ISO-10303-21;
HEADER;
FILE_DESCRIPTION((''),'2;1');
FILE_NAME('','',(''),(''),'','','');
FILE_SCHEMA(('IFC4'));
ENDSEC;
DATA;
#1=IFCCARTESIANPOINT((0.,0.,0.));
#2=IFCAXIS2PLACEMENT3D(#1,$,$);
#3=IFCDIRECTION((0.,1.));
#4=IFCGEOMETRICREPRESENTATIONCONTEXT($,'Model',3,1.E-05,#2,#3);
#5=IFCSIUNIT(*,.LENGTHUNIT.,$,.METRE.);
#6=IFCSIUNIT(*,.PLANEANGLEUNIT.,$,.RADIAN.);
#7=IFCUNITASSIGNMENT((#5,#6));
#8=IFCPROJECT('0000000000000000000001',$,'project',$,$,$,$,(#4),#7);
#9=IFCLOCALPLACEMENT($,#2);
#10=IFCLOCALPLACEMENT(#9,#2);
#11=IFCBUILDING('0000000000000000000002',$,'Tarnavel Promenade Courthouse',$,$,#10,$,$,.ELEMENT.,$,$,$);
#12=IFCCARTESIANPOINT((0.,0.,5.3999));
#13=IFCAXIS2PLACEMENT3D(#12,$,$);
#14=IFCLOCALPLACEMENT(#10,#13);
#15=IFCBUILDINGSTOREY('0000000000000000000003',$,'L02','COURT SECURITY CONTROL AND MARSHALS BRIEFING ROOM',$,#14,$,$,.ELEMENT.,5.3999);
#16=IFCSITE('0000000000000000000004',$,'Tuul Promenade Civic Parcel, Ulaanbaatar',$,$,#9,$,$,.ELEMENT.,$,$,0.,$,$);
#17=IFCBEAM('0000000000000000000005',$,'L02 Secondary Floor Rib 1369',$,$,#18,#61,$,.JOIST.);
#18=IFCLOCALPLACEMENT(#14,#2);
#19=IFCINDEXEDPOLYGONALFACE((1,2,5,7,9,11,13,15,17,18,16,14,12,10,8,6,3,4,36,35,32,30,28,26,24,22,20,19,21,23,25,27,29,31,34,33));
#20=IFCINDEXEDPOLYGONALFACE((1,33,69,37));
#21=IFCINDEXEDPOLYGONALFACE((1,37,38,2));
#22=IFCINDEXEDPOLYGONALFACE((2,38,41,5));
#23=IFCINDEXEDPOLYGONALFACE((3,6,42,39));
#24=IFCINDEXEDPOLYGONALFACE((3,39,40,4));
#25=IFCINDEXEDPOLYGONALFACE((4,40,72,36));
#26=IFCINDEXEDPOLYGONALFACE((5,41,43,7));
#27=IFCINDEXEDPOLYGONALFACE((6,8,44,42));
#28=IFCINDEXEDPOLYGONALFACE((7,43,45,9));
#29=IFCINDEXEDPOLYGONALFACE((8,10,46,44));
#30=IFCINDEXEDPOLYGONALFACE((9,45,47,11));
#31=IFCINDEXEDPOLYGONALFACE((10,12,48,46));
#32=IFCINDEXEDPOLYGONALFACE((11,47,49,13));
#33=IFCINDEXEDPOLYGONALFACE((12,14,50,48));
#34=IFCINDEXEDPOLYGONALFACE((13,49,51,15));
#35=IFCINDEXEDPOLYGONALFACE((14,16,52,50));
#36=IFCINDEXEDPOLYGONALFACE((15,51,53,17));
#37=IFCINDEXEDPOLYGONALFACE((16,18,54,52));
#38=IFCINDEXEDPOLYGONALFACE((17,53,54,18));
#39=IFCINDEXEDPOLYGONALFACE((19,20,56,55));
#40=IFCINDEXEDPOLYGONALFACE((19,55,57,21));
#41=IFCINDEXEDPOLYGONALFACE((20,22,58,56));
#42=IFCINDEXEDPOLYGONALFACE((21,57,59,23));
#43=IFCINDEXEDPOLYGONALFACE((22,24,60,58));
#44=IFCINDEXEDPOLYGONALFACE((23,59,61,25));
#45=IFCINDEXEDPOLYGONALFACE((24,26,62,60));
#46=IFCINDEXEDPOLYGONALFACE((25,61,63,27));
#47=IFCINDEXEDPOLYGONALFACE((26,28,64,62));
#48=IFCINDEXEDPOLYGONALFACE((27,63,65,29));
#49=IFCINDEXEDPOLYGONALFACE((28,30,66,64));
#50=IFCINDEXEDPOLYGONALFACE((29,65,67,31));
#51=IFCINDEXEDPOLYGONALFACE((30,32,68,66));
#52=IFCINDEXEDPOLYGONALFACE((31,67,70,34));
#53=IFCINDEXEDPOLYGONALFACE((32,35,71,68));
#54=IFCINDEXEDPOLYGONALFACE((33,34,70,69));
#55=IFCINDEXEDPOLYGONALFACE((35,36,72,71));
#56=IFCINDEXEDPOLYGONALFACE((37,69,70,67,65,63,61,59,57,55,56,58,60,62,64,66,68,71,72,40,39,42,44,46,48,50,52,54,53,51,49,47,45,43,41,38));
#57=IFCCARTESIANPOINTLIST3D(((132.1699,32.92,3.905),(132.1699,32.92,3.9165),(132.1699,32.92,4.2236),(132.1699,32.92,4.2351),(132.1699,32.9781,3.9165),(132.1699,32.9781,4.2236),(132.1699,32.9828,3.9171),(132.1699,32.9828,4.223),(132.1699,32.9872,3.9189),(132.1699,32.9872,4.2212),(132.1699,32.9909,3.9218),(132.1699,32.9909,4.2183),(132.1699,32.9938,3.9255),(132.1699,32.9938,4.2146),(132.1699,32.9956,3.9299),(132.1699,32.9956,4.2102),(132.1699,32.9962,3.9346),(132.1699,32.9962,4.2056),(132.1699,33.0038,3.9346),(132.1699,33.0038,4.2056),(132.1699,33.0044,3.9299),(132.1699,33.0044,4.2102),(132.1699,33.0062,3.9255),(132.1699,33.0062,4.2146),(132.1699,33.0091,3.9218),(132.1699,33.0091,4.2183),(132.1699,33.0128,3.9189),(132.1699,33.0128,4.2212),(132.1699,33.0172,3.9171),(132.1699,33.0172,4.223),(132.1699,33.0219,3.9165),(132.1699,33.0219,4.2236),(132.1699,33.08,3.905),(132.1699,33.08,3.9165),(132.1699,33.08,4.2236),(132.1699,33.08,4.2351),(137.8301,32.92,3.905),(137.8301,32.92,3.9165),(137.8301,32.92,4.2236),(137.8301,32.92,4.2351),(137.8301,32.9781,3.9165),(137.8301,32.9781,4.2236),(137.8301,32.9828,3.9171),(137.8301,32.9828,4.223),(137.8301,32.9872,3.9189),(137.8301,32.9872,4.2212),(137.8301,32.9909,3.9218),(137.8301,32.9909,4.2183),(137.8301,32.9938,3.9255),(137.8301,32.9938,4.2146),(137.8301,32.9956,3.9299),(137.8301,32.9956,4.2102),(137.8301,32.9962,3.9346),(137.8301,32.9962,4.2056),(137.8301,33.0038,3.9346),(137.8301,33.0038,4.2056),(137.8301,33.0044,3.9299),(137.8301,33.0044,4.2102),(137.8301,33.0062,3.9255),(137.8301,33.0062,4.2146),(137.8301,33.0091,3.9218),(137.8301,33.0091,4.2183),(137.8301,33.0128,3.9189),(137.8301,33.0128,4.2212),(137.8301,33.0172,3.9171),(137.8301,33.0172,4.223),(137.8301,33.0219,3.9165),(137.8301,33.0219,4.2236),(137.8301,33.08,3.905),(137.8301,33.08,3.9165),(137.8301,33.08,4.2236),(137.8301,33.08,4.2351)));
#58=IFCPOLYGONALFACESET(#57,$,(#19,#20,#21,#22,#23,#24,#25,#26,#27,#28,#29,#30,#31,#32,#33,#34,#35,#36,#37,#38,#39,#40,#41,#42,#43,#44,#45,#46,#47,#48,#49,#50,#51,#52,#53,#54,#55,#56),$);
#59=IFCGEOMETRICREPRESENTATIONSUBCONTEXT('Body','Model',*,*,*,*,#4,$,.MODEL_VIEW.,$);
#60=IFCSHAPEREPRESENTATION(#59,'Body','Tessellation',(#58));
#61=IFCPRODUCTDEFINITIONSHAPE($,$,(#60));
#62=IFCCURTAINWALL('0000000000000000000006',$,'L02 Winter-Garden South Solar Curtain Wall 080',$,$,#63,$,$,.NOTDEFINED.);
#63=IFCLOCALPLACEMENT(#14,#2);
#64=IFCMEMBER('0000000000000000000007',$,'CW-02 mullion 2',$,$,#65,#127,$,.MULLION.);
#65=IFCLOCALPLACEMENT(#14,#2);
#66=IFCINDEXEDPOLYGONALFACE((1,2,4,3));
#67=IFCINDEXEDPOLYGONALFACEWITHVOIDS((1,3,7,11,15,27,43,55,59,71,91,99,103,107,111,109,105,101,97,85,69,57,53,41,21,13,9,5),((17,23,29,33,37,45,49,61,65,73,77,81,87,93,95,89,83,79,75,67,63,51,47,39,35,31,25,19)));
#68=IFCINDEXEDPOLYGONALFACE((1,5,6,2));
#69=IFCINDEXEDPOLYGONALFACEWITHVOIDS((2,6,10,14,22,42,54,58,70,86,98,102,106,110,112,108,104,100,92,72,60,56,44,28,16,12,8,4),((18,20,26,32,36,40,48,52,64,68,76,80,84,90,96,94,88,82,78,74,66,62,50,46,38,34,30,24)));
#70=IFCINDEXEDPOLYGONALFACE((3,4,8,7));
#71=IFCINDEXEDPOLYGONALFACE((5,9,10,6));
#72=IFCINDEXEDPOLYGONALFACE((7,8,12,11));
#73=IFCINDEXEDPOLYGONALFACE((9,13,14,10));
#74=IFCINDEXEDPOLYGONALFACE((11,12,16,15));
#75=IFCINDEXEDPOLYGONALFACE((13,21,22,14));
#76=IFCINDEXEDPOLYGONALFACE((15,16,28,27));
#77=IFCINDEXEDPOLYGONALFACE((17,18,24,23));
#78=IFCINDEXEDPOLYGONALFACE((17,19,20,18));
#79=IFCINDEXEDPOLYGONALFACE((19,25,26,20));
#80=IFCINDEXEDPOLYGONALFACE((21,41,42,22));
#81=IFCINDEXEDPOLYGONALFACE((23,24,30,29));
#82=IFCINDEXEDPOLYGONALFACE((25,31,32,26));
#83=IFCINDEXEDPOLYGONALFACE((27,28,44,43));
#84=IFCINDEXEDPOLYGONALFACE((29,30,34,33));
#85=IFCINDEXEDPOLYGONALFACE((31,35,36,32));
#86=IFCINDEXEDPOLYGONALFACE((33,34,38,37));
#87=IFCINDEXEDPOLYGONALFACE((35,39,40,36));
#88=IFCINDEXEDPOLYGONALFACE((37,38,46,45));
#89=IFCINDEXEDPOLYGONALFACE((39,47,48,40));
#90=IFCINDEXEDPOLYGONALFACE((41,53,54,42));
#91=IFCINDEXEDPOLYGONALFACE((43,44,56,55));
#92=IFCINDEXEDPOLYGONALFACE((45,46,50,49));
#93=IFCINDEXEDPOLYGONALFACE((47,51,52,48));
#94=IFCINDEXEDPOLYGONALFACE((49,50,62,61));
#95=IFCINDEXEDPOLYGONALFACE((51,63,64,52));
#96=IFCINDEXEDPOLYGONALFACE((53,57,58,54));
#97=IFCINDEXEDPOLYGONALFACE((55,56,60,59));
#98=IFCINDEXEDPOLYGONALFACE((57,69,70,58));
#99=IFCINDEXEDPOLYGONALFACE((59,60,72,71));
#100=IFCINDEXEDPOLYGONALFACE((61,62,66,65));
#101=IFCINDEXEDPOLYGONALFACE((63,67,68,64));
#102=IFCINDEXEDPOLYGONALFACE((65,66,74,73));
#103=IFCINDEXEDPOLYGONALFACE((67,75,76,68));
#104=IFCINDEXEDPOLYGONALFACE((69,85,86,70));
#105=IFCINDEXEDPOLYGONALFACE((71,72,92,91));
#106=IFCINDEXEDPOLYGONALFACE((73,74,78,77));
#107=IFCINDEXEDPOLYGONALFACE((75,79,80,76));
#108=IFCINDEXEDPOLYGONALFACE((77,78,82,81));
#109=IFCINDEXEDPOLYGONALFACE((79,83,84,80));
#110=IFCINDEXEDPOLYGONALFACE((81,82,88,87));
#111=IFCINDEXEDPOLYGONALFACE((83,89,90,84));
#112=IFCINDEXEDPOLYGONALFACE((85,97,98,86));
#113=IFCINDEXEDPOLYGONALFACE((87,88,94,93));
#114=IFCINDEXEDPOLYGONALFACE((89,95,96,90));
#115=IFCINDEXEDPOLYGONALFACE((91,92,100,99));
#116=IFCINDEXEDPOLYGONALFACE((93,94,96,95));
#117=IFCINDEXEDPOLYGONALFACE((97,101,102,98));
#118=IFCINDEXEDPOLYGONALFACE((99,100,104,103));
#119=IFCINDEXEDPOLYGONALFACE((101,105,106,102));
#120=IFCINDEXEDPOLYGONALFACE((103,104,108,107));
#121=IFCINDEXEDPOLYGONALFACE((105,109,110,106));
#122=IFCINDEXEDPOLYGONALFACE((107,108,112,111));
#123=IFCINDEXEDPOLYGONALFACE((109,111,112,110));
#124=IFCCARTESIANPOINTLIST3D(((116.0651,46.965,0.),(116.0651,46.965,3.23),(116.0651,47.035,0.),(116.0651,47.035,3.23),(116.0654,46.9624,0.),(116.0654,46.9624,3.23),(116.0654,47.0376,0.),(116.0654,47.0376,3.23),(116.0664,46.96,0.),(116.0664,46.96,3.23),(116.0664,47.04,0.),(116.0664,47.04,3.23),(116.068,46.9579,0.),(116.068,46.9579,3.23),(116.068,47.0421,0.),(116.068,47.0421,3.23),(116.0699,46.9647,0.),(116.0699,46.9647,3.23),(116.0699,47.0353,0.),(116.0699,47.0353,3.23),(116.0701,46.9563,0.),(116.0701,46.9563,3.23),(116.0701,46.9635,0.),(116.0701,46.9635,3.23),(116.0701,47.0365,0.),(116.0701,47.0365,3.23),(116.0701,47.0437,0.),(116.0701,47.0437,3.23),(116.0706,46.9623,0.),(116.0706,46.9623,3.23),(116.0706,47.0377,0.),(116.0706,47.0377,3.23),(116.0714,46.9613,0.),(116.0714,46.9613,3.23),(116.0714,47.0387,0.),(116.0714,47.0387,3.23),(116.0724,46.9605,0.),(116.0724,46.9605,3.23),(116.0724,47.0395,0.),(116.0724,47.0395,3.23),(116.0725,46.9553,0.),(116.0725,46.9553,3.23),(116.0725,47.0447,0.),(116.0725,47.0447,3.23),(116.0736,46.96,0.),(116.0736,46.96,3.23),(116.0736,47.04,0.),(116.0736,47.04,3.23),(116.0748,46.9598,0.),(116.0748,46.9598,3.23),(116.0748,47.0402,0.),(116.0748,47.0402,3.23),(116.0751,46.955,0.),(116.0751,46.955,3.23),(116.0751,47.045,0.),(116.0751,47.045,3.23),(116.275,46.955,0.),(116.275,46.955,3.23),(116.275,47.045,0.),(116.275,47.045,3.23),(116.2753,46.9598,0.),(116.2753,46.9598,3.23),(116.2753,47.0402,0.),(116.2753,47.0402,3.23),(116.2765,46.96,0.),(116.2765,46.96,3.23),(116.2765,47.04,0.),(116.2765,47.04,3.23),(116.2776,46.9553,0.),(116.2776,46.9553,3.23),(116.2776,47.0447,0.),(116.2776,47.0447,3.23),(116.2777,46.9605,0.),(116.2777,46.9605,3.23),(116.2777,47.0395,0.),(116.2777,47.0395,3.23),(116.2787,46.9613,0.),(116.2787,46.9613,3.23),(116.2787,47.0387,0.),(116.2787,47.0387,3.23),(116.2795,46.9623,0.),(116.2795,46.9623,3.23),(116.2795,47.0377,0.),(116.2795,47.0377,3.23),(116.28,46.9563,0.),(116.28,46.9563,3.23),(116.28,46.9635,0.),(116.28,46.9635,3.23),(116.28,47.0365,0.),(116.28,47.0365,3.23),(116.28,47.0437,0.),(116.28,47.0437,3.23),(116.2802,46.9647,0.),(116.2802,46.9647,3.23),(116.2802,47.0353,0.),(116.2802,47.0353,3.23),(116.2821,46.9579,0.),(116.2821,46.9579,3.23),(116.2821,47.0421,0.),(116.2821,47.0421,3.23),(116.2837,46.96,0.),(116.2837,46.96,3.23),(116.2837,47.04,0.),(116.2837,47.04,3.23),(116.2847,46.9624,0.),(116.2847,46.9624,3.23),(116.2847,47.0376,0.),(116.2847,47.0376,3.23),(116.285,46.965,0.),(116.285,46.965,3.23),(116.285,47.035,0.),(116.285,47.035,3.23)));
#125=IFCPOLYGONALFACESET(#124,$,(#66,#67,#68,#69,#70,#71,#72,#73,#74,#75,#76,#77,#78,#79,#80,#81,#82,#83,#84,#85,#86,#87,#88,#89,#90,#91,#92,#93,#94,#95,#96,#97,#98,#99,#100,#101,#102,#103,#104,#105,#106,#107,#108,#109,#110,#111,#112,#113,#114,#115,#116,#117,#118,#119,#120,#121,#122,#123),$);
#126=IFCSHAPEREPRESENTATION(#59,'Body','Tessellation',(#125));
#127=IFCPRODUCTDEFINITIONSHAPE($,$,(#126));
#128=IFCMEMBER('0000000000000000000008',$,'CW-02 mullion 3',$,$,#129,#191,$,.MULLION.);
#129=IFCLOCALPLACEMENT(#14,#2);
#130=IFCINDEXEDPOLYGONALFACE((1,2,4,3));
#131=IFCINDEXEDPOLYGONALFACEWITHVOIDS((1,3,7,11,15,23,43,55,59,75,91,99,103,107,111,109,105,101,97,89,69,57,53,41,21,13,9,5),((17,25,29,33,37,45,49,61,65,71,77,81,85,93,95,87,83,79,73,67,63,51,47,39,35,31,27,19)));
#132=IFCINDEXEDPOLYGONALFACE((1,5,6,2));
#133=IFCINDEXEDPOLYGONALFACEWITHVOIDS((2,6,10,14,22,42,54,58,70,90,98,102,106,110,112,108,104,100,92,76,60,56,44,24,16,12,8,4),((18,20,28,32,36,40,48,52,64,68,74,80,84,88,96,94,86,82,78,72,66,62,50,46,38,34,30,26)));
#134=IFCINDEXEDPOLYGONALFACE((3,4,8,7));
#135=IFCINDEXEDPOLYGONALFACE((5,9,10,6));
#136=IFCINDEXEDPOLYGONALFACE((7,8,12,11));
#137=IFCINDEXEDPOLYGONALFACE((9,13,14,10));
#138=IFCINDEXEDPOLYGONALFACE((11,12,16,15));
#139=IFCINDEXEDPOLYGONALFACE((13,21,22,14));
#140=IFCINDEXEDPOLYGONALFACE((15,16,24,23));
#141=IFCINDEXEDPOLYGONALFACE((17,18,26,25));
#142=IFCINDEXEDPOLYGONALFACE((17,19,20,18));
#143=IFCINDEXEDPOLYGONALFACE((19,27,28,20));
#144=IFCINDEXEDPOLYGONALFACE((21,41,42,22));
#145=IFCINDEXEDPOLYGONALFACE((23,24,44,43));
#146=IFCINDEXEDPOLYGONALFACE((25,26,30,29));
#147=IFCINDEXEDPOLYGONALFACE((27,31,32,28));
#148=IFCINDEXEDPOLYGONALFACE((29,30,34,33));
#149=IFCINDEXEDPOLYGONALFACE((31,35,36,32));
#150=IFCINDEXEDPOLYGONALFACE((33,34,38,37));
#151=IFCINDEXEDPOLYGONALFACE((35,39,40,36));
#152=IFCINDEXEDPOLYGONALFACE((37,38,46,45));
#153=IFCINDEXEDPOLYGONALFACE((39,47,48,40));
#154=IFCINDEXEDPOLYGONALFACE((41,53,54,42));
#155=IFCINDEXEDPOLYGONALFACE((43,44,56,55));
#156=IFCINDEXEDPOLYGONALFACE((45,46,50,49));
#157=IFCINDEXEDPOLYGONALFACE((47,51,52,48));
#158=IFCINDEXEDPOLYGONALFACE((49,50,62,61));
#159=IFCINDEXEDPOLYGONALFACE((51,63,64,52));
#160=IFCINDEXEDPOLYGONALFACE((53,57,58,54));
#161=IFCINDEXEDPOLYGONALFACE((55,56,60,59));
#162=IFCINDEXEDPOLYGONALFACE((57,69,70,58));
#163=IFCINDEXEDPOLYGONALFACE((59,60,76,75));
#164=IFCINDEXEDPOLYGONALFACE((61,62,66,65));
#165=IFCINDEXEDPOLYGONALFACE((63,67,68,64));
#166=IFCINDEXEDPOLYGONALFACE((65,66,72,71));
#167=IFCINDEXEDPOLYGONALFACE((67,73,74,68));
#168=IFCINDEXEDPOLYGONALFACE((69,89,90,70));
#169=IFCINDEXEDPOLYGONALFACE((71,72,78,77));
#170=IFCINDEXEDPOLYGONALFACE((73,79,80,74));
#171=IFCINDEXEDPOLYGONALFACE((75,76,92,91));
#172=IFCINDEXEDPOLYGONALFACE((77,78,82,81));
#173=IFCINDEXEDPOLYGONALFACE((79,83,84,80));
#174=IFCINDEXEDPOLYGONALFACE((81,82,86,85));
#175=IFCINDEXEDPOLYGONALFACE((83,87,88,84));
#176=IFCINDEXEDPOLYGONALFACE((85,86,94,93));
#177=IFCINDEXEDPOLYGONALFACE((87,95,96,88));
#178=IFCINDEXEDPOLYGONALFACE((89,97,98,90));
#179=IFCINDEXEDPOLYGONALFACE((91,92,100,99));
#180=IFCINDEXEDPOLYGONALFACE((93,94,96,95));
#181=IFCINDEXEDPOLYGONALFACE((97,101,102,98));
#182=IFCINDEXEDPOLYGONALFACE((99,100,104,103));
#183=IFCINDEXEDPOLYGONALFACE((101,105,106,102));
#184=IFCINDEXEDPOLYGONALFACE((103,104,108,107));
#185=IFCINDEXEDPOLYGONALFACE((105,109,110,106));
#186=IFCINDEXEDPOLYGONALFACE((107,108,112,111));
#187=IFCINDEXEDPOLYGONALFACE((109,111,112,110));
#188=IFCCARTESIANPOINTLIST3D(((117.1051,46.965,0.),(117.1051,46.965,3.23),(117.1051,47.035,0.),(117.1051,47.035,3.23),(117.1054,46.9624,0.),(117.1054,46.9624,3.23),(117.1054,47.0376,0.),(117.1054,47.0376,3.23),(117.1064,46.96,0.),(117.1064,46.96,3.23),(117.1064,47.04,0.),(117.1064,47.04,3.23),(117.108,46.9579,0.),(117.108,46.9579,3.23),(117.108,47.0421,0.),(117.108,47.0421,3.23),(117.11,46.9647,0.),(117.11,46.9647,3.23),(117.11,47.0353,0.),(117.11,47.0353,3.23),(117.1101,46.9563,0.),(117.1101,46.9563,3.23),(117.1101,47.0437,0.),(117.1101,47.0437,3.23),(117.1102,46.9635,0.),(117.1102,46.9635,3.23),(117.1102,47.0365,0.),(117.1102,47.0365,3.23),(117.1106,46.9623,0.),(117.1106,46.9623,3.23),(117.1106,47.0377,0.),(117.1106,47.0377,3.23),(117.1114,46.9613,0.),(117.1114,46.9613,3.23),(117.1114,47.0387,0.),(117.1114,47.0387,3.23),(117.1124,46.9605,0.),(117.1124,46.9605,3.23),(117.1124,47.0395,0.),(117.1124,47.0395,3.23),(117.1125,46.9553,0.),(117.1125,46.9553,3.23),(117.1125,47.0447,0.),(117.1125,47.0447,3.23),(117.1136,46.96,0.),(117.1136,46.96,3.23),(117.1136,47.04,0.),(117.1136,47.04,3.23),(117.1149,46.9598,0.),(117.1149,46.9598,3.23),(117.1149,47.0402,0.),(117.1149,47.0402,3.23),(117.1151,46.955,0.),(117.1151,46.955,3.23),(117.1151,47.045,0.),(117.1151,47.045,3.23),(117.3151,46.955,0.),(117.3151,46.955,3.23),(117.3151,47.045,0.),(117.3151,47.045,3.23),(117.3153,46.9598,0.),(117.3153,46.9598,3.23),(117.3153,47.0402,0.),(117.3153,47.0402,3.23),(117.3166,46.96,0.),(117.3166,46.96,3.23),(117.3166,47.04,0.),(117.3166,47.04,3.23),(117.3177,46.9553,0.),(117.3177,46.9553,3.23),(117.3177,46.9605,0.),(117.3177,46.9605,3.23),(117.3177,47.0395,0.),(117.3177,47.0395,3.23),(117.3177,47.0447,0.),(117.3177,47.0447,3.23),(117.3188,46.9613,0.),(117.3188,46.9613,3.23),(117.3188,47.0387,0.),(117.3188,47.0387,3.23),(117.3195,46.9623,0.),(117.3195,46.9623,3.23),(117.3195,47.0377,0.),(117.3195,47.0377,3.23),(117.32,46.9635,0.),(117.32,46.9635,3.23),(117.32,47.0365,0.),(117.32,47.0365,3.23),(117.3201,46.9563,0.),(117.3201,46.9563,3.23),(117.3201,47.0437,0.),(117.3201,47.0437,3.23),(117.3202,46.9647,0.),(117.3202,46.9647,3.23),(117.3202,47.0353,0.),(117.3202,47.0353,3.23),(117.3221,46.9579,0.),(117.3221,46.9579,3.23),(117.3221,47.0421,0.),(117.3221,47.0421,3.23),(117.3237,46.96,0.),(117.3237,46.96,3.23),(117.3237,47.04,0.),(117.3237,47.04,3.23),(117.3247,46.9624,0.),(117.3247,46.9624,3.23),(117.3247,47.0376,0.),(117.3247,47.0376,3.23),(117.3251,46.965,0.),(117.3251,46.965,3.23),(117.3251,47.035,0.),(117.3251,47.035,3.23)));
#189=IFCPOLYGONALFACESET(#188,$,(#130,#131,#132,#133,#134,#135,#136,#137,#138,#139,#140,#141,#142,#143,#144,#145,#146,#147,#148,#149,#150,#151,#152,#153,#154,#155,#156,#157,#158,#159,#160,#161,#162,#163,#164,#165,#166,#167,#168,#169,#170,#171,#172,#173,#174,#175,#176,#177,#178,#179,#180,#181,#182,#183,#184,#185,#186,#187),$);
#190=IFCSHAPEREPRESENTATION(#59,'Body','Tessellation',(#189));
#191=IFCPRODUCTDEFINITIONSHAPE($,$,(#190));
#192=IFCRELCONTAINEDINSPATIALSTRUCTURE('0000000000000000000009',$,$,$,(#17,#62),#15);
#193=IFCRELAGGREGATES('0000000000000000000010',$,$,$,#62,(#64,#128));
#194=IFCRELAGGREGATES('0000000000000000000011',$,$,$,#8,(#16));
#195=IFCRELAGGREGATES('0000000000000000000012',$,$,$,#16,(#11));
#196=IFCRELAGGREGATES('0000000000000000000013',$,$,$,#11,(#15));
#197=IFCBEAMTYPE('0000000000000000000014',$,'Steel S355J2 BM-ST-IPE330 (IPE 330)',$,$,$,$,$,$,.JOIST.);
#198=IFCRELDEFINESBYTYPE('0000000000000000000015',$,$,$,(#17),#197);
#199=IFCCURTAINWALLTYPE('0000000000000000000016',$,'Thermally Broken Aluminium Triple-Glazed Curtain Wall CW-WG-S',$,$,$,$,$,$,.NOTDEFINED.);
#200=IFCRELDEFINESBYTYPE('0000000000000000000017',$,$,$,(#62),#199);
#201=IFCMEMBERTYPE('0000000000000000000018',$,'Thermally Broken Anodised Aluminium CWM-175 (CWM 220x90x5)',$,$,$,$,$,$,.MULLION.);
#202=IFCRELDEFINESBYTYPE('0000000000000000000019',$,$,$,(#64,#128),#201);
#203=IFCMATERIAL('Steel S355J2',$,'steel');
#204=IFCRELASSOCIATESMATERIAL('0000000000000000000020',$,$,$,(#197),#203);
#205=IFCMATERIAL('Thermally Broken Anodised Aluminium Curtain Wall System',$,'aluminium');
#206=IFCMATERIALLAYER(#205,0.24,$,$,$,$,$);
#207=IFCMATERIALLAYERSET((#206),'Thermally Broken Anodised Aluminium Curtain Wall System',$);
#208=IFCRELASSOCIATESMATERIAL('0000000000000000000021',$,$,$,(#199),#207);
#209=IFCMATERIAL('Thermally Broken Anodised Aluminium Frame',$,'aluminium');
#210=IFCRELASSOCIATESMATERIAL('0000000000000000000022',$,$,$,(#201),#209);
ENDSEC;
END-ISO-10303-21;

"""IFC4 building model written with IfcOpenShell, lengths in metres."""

from ifc_helpers import new_model, si_unit, direction, frame, origin, origin_2d, place, context, subcontext, project, spatial, hollow_rectangle, i_section, extrude, material, layer, layer_set, material_profile, profile_set, type_object, element, aggregate, save


model = new_model("IFC4")

# Units and contexts
model_context = context("Model", 3, precision=1e-05, world=origin(), true_north=direction((0.0, 1.0)))
body_context = subcontext(model_context, "Body", "Model", "MODEL_VIEW")
ifc_project = project(units=[si_unit("LENGTHUNIT", "METRE"), si_unit("PLANEANGLEUNIT", "RADIAN")], contexts=[model_context])

# Site, building, storey
site_placement = place(None, origin())
site = spatial("IfcSite", under=ifc_project, at=site_placement, Name="Tuul Promenade Civic Parcel, Ulaanbaatar", CompositionType="ELEMENT", RefElevation=0.0)
building_placement = place(site_placement, origin())
building = spatial("IfcBuilding", under=site, at=building_placement, Name="Tarnavel Promenade Courthouse", CompositionType="ELEMENT")
storey_placement = place(building_placement, frame((0.0, 0.0, 5.3999)))
storey = spatial("IfcBuildingStorey", under=building, at=storey_placement, Name="L02", Description="COURT SECURITY CONTROL AND MARSHALS BRIEFING ROOM", CompositionType="ELEMENT", Elevation=5.3999)

# Beam
ifc_material_1 = material(Name="Steel S355J2", Category="steel")
ifc_material_profile_1 = material_profile(ifc_material_1, i_section(OverallWidth=0.1599, OverallDepth=0.3301, WebThickness=0.0076, FlangeThickness=0.0115, FilletRadius=0.0181, at=origin_2d()), Name="IPE 330")
ifc_profile_set_1 = profile_set([ifc_material_profile_1], Name="Steel S355J2")
beam_type_1 = type_object("IfcBeamType", Name="Steel S355J2 BM-ST-IPE330 (IPE 330)", PredefinedType="JOIST", material=ifc_profile_set_1)
beam_placement = place(storey_placement, frame((132.1699, 33.0, 4.0701), z_axis=(1.0, 0.0, 0.0), x_axis=(0.0, 1.0, 0.0)))
element("IfcBeam", 1, at=beam_placement, inside=storey, type_object=beam_type_1, Name="L02 Secondary Floor Rib 1369", PredefinedType="JOIST", context=body_context, shape_type="SweptSolid", body=[
    extrude(i_section(OverallWidth=0.1599, OverallDepth=0.3301, WebThickness=0.0076, FlangeThickness=0.0115, FilletRadius=0.0181, at=origin_2d()), origin(), (0.0, 0.0, 1.0), 5.6602),
])

# Curtain wall, members
ifc_material_2 = material(Name="Thermally Broken Anodised Aluminium Curtain Wall System", Category="aluminium")
ifc_layer_1 = layer(ifc_material_2, 0.24)
ifc_layer_set_1 = layer_set([ifc_layer_1], Name="Thermally Broken Anodised Aluminium Curtain Wall System")
curtain_wall_type = type_object("IfcCurtainWallType", Name="Thermally Broken Aluminium Triple-Glazed Curtain Wall CW-WG-S", PredefinedType="NOTDEFINED", material=ifc_layer_set_1)
curtain_wall_1_placement = place(storey_placement, origin())
curtain_wall_1 = element("IfcCurtainWall", 2, at=curtain_wall_1_placement, inside=storey, type_object=curtain_wall_type, Name="L02 Winter-Garden South Solar Curtain Wall 080", PredefinedType="NOTDEFINED")
ifc_material_3 = material(Name="Thermally Broken Anodised Aluminium Frame", Category="aluminium")
ifc_material_profile_2 = material_profile(ifc_material_3, hollow_rectangle(XDim=0.0901, YDim=0.22, WallThickness=0.0049, InnerFilletRadius=0.0049, OuterFilletRadius=0.01, at=origin_2d()), Name="CWM 220x90x5")
ifc_profile_set_2 = profile_set([ifc_material_profile_2], Name="Thermally Broken Anodised Aluminium Frame")
member_type_1 = type_object("IfcMemberType", Name="Thermally Broken Anodised Aluminium CWM-175 (CWM 220x90x5)", PredefinedType="MULLION", material=ifc_profile_set_2)
member_1_placement = place(storey_placement, frame((116.175, 47.0, 0.0), z_axis=(0.0, 0.0, 1.0), x_axis=(0.0, 1.0, 0.0)))
member_1 = element("IfcMember", 3, at=member_1_placement, type_object=member_type_1, Name="CW-02 mullion 2", PredefinedType="MULLION", context=body_context, shape_type="SweptSolid", body=[
    extrude(hollow_rectangle(XDim=0.0901, YDim=0.22, WallThickness=0.0049, InnerFilletRadius=0.0049, OuterFilletRadius=0.01, at=origin_2d()), origin(), (0.0, 0.0, 1.0), 3.23),
])
member_2_placement = place(storey_placement, frame((117.2151, 47.0, 0.0), z_axis=(0.0, 0.0, 1.0), x_axis=(0.0, 1.0, 0.0)))
member_2 = element("IfcMember", 4, at=member_2_placement, type_object=member_type_1, Name="CW-02 mullion 3", PredefinedType="MULLION", context=body_context, shape_type="SweptSolid", body=[
    extrude(hollow_rectangle(XDim=0.0901, YDim=0.22, WallThickness=0.0049, InnerFilletRadius=0.0049, OuterFilletRadius=0.01, at=origin_2d()), origin(), (0.0, 0.0, 1.0), 3.23),
])

aggregate(curtain_wall_1, [member_1, member_2])

save(model, "model.ifc")
